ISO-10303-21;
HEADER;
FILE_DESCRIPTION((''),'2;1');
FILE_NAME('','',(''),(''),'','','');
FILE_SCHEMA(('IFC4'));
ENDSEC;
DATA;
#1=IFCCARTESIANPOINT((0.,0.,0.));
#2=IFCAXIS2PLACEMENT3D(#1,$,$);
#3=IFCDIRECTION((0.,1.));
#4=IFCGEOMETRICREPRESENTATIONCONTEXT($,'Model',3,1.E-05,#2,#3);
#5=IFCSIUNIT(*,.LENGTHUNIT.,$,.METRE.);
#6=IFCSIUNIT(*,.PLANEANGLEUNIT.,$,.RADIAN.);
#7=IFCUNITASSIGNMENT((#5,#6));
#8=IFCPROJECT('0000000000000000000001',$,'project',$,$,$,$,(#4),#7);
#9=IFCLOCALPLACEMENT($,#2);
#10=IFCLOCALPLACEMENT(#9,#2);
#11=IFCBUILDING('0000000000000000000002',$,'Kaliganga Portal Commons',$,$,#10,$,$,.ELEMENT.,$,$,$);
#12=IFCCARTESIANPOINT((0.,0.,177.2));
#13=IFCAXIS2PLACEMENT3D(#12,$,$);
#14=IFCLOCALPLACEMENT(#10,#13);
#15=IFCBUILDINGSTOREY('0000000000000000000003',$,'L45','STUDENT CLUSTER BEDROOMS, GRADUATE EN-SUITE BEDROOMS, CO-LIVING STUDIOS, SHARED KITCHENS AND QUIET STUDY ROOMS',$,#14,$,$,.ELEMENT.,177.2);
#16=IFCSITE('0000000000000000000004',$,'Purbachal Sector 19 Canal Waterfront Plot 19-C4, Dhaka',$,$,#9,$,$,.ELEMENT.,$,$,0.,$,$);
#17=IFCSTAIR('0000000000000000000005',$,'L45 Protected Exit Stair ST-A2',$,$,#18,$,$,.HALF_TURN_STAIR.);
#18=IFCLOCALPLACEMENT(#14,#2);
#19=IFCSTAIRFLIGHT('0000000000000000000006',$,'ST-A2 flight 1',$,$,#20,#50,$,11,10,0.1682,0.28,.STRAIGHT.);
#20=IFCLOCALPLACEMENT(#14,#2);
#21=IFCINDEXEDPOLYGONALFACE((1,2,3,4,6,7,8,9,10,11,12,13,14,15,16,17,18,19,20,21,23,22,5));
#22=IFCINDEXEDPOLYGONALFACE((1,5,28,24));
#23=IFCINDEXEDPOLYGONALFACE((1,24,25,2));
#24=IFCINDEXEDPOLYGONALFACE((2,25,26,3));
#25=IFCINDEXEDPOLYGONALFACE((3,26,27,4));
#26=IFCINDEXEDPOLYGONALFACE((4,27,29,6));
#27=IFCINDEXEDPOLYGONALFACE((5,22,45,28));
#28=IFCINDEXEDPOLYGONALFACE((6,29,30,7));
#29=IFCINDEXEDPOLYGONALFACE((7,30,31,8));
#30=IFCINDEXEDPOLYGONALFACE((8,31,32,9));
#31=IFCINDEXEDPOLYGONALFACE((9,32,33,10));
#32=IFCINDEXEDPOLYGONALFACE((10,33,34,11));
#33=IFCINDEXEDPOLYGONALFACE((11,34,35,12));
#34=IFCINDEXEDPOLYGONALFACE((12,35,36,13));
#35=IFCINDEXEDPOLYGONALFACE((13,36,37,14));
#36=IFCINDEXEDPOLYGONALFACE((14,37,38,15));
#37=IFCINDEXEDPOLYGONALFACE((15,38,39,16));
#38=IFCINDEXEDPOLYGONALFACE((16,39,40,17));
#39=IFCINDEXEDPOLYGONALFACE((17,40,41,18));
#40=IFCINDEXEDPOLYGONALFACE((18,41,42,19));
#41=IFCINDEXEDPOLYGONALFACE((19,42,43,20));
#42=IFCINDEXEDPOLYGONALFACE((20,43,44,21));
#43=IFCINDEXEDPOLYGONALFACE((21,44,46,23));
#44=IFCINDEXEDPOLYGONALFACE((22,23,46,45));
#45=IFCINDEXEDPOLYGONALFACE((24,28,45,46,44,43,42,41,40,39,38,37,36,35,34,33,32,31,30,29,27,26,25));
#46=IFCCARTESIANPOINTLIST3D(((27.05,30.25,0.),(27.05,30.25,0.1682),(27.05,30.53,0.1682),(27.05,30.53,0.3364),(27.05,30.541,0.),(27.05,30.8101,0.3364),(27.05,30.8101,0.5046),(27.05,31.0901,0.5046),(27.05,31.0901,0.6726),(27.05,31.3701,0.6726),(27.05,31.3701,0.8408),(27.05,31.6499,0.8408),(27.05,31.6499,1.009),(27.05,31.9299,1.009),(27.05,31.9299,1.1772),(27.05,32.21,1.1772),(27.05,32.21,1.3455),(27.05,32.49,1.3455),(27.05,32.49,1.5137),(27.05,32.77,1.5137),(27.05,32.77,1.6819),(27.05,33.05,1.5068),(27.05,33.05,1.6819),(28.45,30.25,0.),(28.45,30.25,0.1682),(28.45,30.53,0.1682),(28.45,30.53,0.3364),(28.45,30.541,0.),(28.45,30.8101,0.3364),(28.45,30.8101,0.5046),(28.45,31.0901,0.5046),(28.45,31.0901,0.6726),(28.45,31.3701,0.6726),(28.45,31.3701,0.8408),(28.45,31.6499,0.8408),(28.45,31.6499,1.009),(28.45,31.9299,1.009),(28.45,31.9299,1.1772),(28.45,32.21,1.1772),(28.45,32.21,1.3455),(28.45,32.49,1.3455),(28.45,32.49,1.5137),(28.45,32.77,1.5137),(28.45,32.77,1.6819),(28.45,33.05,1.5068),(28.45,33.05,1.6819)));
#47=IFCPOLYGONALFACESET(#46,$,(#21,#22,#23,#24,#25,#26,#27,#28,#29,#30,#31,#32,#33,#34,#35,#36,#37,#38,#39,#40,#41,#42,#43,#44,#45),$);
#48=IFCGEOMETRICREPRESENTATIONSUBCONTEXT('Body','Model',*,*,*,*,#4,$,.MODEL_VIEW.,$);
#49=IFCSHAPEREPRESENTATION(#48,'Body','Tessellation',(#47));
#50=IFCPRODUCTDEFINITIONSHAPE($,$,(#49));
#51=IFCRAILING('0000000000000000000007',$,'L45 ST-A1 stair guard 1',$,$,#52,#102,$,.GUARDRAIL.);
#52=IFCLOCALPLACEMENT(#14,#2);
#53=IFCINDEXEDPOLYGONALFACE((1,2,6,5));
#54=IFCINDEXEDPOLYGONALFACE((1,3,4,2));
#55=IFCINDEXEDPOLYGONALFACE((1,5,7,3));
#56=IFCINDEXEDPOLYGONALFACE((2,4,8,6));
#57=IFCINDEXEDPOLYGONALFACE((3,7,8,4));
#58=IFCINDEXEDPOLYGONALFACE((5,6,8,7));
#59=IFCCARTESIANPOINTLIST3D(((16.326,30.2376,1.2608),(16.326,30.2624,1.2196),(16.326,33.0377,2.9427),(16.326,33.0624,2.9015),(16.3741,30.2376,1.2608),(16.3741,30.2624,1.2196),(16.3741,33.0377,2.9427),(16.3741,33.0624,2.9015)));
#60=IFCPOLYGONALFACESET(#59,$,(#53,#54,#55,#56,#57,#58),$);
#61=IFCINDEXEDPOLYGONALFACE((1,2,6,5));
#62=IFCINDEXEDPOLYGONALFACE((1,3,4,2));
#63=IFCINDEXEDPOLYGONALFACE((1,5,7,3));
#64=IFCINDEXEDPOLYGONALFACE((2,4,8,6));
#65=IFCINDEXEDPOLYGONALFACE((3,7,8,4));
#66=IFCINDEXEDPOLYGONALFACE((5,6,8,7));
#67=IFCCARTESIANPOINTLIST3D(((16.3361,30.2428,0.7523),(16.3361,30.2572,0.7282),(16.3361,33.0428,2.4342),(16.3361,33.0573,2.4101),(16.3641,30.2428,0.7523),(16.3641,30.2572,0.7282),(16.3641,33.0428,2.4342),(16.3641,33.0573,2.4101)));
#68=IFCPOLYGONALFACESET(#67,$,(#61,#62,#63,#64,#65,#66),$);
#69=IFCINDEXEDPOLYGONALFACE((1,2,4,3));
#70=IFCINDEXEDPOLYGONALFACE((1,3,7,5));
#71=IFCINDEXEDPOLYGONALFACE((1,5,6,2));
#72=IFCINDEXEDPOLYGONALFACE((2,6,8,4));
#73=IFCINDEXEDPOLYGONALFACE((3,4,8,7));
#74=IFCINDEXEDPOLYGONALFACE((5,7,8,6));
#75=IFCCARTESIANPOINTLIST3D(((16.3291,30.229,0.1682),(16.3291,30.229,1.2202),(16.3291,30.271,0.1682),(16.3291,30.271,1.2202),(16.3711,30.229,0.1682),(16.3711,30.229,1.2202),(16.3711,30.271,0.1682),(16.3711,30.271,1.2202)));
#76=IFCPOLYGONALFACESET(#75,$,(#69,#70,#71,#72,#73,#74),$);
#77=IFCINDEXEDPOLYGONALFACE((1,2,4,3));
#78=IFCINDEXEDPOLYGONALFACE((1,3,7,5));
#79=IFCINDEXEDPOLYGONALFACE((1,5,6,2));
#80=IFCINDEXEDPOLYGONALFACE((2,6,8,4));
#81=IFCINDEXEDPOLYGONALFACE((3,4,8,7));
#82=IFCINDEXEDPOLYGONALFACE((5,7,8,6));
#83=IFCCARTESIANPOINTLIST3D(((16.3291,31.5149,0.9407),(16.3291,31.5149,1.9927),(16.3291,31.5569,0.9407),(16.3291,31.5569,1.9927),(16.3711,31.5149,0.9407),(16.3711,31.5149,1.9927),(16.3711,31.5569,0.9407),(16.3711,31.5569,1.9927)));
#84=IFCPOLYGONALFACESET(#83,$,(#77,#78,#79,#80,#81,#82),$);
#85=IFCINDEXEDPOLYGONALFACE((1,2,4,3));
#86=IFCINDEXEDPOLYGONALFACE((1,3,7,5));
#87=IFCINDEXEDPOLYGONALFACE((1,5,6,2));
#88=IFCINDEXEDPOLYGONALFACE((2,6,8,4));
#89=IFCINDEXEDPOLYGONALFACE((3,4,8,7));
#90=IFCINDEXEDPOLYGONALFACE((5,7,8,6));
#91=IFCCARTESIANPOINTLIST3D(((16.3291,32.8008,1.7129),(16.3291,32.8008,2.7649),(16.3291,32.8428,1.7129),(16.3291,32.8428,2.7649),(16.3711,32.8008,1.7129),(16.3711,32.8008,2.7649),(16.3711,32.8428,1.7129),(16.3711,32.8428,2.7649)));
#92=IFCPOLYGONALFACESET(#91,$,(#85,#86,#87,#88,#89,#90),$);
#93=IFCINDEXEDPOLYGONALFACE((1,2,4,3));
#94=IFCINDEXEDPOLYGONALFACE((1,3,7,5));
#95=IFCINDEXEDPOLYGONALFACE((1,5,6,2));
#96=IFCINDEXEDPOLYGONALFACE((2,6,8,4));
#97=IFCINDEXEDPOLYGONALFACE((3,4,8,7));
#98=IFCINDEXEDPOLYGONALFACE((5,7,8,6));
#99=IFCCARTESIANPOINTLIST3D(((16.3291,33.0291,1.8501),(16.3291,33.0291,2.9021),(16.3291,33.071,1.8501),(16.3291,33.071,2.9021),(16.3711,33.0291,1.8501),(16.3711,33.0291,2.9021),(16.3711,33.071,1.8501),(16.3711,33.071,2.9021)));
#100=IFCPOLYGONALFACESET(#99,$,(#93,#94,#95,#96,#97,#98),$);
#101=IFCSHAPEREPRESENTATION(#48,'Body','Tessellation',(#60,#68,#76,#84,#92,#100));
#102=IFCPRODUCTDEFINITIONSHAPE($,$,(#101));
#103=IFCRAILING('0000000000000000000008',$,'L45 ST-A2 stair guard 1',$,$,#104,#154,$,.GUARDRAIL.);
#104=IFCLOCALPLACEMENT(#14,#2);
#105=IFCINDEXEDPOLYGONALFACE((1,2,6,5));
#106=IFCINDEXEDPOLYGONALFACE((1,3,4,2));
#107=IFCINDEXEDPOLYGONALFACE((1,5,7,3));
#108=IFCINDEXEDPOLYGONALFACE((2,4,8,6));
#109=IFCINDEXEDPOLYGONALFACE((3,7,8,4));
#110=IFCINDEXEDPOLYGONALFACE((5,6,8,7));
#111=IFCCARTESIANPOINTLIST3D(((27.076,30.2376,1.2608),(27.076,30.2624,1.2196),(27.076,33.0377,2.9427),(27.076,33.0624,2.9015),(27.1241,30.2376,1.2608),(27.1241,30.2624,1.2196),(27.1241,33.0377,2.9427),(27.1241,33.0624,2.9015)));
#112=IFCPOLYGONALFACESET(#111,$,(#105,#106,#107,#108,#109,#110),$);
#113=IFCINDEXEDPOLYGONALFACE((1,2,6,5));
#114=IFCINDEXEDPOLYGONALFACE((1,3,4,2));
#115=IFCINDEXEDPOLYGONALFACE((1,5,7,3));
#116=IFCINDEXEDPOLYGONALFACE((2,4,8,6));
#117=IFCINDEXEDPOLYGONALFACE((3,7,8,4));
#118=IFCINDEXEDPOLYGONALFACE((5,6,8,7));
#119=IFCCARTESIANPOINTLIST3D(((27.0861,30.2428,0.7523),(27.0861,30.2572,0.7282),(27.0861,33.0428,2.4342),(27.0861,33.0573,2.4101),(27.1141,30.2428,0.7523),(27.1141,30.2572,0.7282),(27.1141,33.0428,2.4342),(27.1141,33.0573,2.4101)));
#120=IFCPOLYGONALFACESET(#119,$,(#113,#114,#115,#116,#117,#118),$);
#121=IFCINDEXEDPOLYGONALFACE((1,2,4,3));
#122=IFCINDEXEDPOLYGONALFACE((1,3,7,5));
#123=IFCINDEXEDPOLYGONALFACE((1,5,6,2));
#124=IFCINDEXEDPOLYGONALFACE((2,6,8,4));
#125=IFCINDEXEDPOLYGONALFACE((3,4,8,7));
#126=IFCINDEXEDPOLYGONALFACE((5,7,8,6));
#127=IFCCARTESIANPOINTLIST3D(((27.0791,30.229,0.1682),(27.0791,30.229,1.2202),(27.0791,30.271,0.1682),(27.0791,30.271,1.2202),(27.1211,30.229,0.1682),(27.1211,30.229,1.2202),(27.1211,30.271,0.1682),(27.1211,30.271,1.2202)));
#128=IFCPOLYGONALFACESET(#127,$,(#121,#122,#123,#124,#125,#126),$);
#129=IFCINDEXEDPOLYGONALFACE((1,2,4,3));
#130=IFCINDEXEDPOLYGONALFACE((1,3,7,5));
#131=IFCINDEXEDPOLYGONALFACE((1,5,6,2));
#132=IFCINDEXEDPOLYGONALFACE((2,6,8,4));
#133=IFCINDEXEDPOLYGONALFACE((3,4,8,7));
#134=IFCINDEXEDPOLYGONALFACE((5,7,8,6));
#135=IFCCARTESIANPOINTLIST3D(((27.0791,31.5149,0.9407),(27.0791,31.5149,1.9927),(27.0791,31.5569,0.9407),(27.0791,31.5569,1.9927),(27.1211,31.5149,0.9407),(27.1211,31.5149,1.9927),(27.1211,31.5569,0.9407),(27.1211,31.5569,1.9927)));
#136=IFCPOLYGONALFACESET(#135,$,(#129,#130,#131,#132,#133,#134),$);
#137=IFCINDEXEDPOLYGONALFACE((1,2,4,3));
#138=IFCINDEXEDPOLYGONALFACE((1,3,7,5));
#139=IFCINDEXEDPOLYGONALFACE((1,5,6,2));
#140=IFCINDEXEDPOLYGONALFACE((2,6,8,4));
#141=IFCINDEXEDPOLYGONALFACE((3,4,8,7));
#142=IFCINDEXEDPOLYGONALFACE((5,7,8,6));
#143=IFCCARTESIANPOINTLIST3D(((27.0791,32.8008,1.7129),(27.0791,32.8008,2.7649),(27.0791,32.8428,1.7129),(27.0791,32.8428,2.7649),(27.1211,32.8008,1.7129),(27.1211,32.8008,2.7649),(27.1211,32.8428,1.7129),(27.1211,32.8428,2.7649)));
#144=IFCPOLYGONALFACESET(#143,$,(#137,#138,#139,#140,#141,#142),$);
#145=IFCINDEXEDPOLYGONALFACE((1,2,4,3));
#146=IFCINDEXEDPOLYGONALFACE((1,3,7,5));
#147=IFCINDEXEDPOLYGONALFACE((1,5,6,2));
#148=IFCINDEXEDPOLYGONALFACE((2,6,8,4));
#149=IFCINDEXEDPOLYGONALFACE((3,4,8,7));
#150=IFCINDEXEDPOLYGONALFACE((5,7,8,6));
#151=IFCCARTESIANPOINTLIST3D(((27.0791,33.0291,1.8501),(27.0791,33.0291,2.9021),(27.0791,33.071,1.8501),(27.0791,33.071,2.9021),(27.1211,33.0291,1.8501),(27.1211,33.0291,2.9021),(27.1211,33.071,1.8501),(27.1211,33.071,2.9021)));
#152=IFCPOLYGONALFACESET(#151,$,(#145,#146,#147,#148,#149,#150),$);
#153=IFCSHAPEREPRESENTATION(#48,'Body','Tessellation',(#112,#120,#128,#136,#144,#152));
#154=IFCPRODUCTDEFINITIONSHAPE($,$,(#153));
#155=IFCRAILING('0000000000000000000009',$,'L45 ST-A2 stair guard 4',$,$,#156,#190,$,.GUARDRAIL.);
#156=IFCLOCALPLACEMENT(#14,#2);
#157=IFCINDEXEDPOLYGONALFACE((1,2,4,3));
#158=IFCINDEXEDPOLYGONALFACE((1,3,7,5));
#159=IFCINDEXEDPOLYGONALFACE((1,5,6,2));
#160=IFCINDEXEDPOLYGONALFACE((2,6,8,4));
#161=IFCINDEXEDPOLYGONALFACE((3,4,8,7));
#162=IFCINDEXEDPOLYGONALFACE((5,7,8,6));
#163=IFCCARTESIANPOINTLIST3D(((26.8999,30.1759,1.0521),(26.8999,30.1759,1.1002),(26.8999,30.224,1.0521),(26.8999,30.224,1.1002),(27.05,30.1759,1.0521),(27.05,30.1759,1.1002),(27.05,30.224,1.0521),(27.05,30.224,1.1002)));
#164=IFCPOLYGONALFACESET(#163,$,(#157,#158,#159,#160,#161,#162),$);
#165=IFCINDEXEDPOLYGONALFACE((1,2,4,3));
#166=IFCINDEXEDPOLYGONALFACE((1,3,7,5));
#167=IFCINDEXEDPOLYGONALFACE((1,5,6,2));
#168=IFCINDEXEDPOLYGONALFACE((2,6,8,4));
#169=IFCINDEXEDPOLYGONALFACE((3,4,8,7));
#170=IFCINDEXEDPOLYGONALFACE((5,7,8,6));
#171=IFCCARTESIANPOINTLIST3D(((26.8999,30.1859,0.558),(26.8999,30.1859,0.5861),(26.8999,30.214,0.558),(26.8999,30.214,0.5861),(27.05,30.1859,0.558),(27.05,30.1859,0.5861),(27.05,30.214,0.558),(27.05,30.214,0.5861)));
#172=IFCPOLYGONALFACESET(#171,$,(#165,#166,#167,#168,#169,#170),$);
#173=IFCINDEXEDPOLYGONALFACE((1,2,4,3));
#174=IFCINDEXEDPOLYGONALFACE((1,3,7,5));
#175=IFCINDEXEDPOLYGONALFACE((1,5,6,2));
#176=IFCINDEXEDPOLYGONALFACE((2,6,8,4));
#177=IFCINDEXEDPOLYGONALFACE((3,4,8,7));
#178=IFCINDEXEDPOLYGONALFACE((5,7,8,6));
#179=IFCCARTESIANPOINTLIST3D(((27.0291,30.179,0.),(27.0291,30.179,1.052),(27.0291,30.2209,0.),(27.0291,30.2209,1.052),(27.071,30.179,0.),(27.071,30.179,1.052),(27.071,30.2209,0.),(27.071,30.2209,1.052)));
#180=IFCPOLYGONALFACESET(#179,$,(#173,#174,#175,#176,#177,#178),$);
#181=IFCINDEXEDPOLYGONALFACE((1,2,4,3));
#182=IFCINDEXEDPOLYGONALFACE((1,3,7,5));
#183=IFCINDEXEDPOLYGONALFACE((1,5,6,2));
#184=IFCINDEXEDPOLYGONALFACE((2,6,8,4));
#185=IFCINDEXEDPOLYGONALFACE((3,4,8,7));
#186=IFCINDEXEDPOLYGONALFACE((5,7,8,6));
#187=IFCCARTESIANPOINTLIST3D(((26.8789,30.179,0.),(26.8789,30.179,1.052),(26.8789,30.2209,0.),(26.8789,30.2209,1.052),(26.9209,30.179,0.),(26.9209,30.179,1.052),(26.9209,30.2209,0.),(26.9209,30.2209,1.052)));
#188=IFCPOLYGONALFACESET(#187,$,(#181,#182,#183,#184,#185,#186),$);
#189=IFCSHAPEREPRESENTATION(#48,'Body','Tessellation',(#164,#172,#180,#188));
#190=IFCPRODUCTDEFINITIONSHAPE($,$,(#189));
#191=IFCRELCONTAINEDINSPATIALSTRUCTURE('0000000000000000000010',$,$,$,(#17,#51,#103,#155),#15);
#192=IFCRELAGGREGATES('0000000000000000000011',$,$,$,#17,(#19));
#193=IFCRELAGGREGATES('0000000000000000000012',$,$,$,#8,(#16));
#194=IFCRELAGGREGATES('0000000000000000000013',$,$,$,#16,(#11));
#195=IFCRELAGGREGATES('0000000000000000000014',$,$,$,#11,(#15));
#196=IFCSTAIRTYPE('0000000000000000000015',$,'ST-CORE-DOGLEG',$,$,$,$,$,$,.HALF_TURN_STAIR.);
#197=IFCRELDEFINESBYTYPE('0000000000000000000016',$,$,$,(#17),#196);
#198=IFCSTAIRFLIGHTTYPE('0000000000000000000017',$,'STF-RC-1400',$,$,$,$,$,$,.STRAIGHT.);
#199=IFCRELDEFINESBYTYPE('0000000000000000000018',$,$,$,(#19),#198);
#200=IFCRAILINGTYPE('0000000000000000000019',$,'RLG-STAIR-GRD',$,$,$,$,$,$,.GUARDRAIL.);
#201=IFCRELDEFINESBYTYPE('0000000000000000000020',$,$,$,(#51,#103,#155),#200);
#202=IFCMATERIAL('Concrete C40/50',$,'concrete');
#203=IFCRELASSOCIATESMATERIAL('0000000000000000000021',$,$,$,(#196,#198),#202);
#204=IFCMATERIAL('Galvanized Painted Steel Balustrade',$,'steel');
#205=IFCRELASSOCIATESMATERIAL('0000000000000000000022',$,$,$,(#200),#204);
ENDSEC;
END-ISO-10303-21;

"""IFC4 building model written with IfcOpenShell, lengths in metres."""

from ifc_helpers import new_model, si_unit, direction, frame, origin, origin_2d, place, context, subcontext, project, spatial, polyline, rectangle, outline, extrude, material, type_object, element, aggregate, save


model = new_model("IFC4")

# Units and contexts
model_context = context("Model", 3, precision=1e-05, world=origin(), true_north=direction((0.0, 1.0)))
body_context = subcontext(model_context, "Body", "Model", "MODEL_VIEW")
ifc_project = project(units=[si_unit("LENGTHUNIT", "METRE"), si_unit("PLANEANGLEUNIT", "RADIAN")], contexts=[model_context])

# Site, building, storey
site_placement = place(None, origin())
site = spatial("IfcSite", under=ifc_project, at=site_placement, Name="Purbachal Sector 19 Canal Waterfront Plot 19-C4, Dhaka", CompositionType="ELEMENT", RefElevation=0.0)
building_placement = place(site_placement, origin())
building = spatial("IfcBuilding", under=site, at=building_placement, Name="Kaliganga Portal Commons", CompositionType="ELEMENT")
storey_placement = place(building_placement, frame((0.0, 0.0, 177.2)))
storey = spatial("IfcBuildingStorey", under=building, at=storey_placement, Name="L45", Description="STUDENT CLUSTER BEDROOMS, GRADUATE EN-SUITE BEDROOMS, CO-LIVING STUDIOS, SHARED KITCHENS AND QUIET STUDY ROOMS", CompositionType="ELEMENT", Elevation=177.2)

# Stair, stair flight
ifc_material_1 = material(Name="Concrete C40/50", Category="concrete")
stair_type = type_object("IfcStairType", Name="ST-CORE-DOGLEG", PredefinedType="HALF_TURN_STAIR", material=ifc_material_1)
stair_flight_type = type_object("IfcStairFlightType", Name="STF-RC-1400", PredefinedType="STRAIGHT", material=ifc_material_1)
stair_1_placement = place(storey_placement, origin())
stair_1 = element("IfcStair", 1, at=stair_1_placement, inside=storey, type_object=stair_type, Name="L45 Protected Exit Stair ST-A2", PredefinedType="HALF_TURN_STAIR")
stair_flight_1_placement = place(storey_placement, frame((27.75, 30.25, 0.0), z_axis=(0.0, 0.0, 1.0), x_axis=(0.0, 1.0, 0.0)))
stair_flight_1 = element("IfcStairFlight", 2, at=stair_flight_1_placement, type_object=stair_flight_type, Name="ST-A2 flight 1", NumberOfRisers=11, NumberOfTreads=10, PredefinedType="STRAIGHT", RiserHeight=0.1682, TreadLength=0.28, context=body_context, shape_type="SweptSolid", body=[
    extrude(outline(polyline([(0.0, 0.0), (0.0, 0.1682), (0.28, 0.1682), (0.28, 0.3364), (0.5601, 0.3364), (0.5601, 0.5046), (0.8401, 0.5046), (0.8401, 0.6726), (1.1201, 0.6726), (1.1201, 0.8408), (1.3999, 0.8408), (1.3999, 1.009), (1.6799, 1.009), (1.6799, 1.1772), (1.96, 1.1772), (1.96, 1.3455), (2.24, 1.3455), (2.24, 1.5137), (2.52, 1.5137), (2.52, 1.6819), (2.8, 1.6819), (2.8, 1.8501), (2.8, 1.5068), (0.291, 0.0), (0.0, 0.0)])), frame((0.0, 0.7, 0.0), z_axis=(0.0, -1.0, 0.0), x_axis=(1.0, 0.0, 0.0)), (0.0, 0.0, 1.0), 1.3999),
])
aggregate(stair_1, [stair_flight_1])

# Railings
ifc_material_2 = material(Name="Galvanized Painted Steel Balustrade", Category="steel")
railing_type_1 = type_object("IfcRailingType", Name="RLG-STAIR-GRD", PredefinedType="GUARDRAIL", material=ifc_material_2)
for number, where, name in (
    (3, (16.3501, 30.25, 0.1682), "L45 ST-A1 stair guard 1"),
    (4, (27.1001, 30.25, 0.1682), "L45 ST-A2 stair guard 1"),
):
    element("IfcRailing", number, at=place(storey_placement, frame(where)), inside=storey, type_object=railing_type_1, Name=name, PredefinedType="GUARDRAIL", context=body_context, shape_type="SweptSolid", body=[
        extrude(rectangle(XDim=0.0481, YDim=0.0481, at=origin_2d()), frame((0.0, 0.0, 1.072), z_axis=(0.0, 0.857242, 0.514913), x_axis=(-1.0, 0.0, 0.0)), (0.0, 0.0, 1.0), 3.2664),
        extrude(rectangle(XDim=0.0281, YDim=0.0281, at=origin_2d()), frame((0.0, 0.0, 0.572), z_axis=(0.0, 0.857242, 0.514913), x_axis=(-1.0, 0.0, 0.0)), (0.0, 0.0, 1.0), 3.2664),
        extrude(rectangle(XDim=0.042, YDim=0.042, at=origin_2d()), origin(), (0.0, 0.0, 1.0), 1.052),
        extrude(rectangle(XDim=0.042, YDim=0.042, at=origin_2d()), frame((0.0, 1.2859, 0.7725)), (0.0, 0.0, 1.0), 1.052),
        extrude(rectangle(XDim=0.042, YDim=0.042, at=origin_2d()), frame((0.0, 2.5718, 1.5447)), (0.0, 0.0, 1.0), 1.052),
        extrude(rectangle(XDim=0.042, YDim=0.042, at=origin_2d()), frame((0.0, 2.8, 1.6819)), (0.0, 0.0, 1.0), 1.052),
    ])
railing_1_placement = place(storey_placement, frame((27.05, 30.2, 0.0)))
element("IfcRailing", 5, at=railing_1_placement, inside=storey, type_object=railing_type_1, Name="L45 ST-A2 stair guard 4", PredefinedType="GUARDRAIL", context=body_context, shape_type="SweptSolid", body=[
    extrude(rectangle(XDim=0.0481, YDim=0.0481, at=origin_2d()), frame((0.0, 0.0, 1.0762), z_axis=(-1.0, 0.0, 0.0), x_axis=(0.0, -1.0, 0.0)), (0.0, 0.0, 1.0), 0.1501),
    extrude(rectangle(XDim=0.0281, YDim=0.0281, at=origin_2d()), frame((0.0, 0.0, 0.572), z_axis=(-1.0, 0.0, 0.0), x_axis=(0.0, -1.0, 0.0)), (0.0, 0.0, 1.0), 0.1501),
    extrude(rectangle(XDim=0.042, YDim=0.042, at=origin_2d()), origin(), (0.0, 0.0, 1.0), 1.052),
    extrude(rectangle(XDim=0.042, YDim=0.042, at=origin_2d()), frame((-0.1501, 0.0, 0.0)), (0.0, 0.0, 1.0), 1.052),
])

save(model, "model.ifc")
